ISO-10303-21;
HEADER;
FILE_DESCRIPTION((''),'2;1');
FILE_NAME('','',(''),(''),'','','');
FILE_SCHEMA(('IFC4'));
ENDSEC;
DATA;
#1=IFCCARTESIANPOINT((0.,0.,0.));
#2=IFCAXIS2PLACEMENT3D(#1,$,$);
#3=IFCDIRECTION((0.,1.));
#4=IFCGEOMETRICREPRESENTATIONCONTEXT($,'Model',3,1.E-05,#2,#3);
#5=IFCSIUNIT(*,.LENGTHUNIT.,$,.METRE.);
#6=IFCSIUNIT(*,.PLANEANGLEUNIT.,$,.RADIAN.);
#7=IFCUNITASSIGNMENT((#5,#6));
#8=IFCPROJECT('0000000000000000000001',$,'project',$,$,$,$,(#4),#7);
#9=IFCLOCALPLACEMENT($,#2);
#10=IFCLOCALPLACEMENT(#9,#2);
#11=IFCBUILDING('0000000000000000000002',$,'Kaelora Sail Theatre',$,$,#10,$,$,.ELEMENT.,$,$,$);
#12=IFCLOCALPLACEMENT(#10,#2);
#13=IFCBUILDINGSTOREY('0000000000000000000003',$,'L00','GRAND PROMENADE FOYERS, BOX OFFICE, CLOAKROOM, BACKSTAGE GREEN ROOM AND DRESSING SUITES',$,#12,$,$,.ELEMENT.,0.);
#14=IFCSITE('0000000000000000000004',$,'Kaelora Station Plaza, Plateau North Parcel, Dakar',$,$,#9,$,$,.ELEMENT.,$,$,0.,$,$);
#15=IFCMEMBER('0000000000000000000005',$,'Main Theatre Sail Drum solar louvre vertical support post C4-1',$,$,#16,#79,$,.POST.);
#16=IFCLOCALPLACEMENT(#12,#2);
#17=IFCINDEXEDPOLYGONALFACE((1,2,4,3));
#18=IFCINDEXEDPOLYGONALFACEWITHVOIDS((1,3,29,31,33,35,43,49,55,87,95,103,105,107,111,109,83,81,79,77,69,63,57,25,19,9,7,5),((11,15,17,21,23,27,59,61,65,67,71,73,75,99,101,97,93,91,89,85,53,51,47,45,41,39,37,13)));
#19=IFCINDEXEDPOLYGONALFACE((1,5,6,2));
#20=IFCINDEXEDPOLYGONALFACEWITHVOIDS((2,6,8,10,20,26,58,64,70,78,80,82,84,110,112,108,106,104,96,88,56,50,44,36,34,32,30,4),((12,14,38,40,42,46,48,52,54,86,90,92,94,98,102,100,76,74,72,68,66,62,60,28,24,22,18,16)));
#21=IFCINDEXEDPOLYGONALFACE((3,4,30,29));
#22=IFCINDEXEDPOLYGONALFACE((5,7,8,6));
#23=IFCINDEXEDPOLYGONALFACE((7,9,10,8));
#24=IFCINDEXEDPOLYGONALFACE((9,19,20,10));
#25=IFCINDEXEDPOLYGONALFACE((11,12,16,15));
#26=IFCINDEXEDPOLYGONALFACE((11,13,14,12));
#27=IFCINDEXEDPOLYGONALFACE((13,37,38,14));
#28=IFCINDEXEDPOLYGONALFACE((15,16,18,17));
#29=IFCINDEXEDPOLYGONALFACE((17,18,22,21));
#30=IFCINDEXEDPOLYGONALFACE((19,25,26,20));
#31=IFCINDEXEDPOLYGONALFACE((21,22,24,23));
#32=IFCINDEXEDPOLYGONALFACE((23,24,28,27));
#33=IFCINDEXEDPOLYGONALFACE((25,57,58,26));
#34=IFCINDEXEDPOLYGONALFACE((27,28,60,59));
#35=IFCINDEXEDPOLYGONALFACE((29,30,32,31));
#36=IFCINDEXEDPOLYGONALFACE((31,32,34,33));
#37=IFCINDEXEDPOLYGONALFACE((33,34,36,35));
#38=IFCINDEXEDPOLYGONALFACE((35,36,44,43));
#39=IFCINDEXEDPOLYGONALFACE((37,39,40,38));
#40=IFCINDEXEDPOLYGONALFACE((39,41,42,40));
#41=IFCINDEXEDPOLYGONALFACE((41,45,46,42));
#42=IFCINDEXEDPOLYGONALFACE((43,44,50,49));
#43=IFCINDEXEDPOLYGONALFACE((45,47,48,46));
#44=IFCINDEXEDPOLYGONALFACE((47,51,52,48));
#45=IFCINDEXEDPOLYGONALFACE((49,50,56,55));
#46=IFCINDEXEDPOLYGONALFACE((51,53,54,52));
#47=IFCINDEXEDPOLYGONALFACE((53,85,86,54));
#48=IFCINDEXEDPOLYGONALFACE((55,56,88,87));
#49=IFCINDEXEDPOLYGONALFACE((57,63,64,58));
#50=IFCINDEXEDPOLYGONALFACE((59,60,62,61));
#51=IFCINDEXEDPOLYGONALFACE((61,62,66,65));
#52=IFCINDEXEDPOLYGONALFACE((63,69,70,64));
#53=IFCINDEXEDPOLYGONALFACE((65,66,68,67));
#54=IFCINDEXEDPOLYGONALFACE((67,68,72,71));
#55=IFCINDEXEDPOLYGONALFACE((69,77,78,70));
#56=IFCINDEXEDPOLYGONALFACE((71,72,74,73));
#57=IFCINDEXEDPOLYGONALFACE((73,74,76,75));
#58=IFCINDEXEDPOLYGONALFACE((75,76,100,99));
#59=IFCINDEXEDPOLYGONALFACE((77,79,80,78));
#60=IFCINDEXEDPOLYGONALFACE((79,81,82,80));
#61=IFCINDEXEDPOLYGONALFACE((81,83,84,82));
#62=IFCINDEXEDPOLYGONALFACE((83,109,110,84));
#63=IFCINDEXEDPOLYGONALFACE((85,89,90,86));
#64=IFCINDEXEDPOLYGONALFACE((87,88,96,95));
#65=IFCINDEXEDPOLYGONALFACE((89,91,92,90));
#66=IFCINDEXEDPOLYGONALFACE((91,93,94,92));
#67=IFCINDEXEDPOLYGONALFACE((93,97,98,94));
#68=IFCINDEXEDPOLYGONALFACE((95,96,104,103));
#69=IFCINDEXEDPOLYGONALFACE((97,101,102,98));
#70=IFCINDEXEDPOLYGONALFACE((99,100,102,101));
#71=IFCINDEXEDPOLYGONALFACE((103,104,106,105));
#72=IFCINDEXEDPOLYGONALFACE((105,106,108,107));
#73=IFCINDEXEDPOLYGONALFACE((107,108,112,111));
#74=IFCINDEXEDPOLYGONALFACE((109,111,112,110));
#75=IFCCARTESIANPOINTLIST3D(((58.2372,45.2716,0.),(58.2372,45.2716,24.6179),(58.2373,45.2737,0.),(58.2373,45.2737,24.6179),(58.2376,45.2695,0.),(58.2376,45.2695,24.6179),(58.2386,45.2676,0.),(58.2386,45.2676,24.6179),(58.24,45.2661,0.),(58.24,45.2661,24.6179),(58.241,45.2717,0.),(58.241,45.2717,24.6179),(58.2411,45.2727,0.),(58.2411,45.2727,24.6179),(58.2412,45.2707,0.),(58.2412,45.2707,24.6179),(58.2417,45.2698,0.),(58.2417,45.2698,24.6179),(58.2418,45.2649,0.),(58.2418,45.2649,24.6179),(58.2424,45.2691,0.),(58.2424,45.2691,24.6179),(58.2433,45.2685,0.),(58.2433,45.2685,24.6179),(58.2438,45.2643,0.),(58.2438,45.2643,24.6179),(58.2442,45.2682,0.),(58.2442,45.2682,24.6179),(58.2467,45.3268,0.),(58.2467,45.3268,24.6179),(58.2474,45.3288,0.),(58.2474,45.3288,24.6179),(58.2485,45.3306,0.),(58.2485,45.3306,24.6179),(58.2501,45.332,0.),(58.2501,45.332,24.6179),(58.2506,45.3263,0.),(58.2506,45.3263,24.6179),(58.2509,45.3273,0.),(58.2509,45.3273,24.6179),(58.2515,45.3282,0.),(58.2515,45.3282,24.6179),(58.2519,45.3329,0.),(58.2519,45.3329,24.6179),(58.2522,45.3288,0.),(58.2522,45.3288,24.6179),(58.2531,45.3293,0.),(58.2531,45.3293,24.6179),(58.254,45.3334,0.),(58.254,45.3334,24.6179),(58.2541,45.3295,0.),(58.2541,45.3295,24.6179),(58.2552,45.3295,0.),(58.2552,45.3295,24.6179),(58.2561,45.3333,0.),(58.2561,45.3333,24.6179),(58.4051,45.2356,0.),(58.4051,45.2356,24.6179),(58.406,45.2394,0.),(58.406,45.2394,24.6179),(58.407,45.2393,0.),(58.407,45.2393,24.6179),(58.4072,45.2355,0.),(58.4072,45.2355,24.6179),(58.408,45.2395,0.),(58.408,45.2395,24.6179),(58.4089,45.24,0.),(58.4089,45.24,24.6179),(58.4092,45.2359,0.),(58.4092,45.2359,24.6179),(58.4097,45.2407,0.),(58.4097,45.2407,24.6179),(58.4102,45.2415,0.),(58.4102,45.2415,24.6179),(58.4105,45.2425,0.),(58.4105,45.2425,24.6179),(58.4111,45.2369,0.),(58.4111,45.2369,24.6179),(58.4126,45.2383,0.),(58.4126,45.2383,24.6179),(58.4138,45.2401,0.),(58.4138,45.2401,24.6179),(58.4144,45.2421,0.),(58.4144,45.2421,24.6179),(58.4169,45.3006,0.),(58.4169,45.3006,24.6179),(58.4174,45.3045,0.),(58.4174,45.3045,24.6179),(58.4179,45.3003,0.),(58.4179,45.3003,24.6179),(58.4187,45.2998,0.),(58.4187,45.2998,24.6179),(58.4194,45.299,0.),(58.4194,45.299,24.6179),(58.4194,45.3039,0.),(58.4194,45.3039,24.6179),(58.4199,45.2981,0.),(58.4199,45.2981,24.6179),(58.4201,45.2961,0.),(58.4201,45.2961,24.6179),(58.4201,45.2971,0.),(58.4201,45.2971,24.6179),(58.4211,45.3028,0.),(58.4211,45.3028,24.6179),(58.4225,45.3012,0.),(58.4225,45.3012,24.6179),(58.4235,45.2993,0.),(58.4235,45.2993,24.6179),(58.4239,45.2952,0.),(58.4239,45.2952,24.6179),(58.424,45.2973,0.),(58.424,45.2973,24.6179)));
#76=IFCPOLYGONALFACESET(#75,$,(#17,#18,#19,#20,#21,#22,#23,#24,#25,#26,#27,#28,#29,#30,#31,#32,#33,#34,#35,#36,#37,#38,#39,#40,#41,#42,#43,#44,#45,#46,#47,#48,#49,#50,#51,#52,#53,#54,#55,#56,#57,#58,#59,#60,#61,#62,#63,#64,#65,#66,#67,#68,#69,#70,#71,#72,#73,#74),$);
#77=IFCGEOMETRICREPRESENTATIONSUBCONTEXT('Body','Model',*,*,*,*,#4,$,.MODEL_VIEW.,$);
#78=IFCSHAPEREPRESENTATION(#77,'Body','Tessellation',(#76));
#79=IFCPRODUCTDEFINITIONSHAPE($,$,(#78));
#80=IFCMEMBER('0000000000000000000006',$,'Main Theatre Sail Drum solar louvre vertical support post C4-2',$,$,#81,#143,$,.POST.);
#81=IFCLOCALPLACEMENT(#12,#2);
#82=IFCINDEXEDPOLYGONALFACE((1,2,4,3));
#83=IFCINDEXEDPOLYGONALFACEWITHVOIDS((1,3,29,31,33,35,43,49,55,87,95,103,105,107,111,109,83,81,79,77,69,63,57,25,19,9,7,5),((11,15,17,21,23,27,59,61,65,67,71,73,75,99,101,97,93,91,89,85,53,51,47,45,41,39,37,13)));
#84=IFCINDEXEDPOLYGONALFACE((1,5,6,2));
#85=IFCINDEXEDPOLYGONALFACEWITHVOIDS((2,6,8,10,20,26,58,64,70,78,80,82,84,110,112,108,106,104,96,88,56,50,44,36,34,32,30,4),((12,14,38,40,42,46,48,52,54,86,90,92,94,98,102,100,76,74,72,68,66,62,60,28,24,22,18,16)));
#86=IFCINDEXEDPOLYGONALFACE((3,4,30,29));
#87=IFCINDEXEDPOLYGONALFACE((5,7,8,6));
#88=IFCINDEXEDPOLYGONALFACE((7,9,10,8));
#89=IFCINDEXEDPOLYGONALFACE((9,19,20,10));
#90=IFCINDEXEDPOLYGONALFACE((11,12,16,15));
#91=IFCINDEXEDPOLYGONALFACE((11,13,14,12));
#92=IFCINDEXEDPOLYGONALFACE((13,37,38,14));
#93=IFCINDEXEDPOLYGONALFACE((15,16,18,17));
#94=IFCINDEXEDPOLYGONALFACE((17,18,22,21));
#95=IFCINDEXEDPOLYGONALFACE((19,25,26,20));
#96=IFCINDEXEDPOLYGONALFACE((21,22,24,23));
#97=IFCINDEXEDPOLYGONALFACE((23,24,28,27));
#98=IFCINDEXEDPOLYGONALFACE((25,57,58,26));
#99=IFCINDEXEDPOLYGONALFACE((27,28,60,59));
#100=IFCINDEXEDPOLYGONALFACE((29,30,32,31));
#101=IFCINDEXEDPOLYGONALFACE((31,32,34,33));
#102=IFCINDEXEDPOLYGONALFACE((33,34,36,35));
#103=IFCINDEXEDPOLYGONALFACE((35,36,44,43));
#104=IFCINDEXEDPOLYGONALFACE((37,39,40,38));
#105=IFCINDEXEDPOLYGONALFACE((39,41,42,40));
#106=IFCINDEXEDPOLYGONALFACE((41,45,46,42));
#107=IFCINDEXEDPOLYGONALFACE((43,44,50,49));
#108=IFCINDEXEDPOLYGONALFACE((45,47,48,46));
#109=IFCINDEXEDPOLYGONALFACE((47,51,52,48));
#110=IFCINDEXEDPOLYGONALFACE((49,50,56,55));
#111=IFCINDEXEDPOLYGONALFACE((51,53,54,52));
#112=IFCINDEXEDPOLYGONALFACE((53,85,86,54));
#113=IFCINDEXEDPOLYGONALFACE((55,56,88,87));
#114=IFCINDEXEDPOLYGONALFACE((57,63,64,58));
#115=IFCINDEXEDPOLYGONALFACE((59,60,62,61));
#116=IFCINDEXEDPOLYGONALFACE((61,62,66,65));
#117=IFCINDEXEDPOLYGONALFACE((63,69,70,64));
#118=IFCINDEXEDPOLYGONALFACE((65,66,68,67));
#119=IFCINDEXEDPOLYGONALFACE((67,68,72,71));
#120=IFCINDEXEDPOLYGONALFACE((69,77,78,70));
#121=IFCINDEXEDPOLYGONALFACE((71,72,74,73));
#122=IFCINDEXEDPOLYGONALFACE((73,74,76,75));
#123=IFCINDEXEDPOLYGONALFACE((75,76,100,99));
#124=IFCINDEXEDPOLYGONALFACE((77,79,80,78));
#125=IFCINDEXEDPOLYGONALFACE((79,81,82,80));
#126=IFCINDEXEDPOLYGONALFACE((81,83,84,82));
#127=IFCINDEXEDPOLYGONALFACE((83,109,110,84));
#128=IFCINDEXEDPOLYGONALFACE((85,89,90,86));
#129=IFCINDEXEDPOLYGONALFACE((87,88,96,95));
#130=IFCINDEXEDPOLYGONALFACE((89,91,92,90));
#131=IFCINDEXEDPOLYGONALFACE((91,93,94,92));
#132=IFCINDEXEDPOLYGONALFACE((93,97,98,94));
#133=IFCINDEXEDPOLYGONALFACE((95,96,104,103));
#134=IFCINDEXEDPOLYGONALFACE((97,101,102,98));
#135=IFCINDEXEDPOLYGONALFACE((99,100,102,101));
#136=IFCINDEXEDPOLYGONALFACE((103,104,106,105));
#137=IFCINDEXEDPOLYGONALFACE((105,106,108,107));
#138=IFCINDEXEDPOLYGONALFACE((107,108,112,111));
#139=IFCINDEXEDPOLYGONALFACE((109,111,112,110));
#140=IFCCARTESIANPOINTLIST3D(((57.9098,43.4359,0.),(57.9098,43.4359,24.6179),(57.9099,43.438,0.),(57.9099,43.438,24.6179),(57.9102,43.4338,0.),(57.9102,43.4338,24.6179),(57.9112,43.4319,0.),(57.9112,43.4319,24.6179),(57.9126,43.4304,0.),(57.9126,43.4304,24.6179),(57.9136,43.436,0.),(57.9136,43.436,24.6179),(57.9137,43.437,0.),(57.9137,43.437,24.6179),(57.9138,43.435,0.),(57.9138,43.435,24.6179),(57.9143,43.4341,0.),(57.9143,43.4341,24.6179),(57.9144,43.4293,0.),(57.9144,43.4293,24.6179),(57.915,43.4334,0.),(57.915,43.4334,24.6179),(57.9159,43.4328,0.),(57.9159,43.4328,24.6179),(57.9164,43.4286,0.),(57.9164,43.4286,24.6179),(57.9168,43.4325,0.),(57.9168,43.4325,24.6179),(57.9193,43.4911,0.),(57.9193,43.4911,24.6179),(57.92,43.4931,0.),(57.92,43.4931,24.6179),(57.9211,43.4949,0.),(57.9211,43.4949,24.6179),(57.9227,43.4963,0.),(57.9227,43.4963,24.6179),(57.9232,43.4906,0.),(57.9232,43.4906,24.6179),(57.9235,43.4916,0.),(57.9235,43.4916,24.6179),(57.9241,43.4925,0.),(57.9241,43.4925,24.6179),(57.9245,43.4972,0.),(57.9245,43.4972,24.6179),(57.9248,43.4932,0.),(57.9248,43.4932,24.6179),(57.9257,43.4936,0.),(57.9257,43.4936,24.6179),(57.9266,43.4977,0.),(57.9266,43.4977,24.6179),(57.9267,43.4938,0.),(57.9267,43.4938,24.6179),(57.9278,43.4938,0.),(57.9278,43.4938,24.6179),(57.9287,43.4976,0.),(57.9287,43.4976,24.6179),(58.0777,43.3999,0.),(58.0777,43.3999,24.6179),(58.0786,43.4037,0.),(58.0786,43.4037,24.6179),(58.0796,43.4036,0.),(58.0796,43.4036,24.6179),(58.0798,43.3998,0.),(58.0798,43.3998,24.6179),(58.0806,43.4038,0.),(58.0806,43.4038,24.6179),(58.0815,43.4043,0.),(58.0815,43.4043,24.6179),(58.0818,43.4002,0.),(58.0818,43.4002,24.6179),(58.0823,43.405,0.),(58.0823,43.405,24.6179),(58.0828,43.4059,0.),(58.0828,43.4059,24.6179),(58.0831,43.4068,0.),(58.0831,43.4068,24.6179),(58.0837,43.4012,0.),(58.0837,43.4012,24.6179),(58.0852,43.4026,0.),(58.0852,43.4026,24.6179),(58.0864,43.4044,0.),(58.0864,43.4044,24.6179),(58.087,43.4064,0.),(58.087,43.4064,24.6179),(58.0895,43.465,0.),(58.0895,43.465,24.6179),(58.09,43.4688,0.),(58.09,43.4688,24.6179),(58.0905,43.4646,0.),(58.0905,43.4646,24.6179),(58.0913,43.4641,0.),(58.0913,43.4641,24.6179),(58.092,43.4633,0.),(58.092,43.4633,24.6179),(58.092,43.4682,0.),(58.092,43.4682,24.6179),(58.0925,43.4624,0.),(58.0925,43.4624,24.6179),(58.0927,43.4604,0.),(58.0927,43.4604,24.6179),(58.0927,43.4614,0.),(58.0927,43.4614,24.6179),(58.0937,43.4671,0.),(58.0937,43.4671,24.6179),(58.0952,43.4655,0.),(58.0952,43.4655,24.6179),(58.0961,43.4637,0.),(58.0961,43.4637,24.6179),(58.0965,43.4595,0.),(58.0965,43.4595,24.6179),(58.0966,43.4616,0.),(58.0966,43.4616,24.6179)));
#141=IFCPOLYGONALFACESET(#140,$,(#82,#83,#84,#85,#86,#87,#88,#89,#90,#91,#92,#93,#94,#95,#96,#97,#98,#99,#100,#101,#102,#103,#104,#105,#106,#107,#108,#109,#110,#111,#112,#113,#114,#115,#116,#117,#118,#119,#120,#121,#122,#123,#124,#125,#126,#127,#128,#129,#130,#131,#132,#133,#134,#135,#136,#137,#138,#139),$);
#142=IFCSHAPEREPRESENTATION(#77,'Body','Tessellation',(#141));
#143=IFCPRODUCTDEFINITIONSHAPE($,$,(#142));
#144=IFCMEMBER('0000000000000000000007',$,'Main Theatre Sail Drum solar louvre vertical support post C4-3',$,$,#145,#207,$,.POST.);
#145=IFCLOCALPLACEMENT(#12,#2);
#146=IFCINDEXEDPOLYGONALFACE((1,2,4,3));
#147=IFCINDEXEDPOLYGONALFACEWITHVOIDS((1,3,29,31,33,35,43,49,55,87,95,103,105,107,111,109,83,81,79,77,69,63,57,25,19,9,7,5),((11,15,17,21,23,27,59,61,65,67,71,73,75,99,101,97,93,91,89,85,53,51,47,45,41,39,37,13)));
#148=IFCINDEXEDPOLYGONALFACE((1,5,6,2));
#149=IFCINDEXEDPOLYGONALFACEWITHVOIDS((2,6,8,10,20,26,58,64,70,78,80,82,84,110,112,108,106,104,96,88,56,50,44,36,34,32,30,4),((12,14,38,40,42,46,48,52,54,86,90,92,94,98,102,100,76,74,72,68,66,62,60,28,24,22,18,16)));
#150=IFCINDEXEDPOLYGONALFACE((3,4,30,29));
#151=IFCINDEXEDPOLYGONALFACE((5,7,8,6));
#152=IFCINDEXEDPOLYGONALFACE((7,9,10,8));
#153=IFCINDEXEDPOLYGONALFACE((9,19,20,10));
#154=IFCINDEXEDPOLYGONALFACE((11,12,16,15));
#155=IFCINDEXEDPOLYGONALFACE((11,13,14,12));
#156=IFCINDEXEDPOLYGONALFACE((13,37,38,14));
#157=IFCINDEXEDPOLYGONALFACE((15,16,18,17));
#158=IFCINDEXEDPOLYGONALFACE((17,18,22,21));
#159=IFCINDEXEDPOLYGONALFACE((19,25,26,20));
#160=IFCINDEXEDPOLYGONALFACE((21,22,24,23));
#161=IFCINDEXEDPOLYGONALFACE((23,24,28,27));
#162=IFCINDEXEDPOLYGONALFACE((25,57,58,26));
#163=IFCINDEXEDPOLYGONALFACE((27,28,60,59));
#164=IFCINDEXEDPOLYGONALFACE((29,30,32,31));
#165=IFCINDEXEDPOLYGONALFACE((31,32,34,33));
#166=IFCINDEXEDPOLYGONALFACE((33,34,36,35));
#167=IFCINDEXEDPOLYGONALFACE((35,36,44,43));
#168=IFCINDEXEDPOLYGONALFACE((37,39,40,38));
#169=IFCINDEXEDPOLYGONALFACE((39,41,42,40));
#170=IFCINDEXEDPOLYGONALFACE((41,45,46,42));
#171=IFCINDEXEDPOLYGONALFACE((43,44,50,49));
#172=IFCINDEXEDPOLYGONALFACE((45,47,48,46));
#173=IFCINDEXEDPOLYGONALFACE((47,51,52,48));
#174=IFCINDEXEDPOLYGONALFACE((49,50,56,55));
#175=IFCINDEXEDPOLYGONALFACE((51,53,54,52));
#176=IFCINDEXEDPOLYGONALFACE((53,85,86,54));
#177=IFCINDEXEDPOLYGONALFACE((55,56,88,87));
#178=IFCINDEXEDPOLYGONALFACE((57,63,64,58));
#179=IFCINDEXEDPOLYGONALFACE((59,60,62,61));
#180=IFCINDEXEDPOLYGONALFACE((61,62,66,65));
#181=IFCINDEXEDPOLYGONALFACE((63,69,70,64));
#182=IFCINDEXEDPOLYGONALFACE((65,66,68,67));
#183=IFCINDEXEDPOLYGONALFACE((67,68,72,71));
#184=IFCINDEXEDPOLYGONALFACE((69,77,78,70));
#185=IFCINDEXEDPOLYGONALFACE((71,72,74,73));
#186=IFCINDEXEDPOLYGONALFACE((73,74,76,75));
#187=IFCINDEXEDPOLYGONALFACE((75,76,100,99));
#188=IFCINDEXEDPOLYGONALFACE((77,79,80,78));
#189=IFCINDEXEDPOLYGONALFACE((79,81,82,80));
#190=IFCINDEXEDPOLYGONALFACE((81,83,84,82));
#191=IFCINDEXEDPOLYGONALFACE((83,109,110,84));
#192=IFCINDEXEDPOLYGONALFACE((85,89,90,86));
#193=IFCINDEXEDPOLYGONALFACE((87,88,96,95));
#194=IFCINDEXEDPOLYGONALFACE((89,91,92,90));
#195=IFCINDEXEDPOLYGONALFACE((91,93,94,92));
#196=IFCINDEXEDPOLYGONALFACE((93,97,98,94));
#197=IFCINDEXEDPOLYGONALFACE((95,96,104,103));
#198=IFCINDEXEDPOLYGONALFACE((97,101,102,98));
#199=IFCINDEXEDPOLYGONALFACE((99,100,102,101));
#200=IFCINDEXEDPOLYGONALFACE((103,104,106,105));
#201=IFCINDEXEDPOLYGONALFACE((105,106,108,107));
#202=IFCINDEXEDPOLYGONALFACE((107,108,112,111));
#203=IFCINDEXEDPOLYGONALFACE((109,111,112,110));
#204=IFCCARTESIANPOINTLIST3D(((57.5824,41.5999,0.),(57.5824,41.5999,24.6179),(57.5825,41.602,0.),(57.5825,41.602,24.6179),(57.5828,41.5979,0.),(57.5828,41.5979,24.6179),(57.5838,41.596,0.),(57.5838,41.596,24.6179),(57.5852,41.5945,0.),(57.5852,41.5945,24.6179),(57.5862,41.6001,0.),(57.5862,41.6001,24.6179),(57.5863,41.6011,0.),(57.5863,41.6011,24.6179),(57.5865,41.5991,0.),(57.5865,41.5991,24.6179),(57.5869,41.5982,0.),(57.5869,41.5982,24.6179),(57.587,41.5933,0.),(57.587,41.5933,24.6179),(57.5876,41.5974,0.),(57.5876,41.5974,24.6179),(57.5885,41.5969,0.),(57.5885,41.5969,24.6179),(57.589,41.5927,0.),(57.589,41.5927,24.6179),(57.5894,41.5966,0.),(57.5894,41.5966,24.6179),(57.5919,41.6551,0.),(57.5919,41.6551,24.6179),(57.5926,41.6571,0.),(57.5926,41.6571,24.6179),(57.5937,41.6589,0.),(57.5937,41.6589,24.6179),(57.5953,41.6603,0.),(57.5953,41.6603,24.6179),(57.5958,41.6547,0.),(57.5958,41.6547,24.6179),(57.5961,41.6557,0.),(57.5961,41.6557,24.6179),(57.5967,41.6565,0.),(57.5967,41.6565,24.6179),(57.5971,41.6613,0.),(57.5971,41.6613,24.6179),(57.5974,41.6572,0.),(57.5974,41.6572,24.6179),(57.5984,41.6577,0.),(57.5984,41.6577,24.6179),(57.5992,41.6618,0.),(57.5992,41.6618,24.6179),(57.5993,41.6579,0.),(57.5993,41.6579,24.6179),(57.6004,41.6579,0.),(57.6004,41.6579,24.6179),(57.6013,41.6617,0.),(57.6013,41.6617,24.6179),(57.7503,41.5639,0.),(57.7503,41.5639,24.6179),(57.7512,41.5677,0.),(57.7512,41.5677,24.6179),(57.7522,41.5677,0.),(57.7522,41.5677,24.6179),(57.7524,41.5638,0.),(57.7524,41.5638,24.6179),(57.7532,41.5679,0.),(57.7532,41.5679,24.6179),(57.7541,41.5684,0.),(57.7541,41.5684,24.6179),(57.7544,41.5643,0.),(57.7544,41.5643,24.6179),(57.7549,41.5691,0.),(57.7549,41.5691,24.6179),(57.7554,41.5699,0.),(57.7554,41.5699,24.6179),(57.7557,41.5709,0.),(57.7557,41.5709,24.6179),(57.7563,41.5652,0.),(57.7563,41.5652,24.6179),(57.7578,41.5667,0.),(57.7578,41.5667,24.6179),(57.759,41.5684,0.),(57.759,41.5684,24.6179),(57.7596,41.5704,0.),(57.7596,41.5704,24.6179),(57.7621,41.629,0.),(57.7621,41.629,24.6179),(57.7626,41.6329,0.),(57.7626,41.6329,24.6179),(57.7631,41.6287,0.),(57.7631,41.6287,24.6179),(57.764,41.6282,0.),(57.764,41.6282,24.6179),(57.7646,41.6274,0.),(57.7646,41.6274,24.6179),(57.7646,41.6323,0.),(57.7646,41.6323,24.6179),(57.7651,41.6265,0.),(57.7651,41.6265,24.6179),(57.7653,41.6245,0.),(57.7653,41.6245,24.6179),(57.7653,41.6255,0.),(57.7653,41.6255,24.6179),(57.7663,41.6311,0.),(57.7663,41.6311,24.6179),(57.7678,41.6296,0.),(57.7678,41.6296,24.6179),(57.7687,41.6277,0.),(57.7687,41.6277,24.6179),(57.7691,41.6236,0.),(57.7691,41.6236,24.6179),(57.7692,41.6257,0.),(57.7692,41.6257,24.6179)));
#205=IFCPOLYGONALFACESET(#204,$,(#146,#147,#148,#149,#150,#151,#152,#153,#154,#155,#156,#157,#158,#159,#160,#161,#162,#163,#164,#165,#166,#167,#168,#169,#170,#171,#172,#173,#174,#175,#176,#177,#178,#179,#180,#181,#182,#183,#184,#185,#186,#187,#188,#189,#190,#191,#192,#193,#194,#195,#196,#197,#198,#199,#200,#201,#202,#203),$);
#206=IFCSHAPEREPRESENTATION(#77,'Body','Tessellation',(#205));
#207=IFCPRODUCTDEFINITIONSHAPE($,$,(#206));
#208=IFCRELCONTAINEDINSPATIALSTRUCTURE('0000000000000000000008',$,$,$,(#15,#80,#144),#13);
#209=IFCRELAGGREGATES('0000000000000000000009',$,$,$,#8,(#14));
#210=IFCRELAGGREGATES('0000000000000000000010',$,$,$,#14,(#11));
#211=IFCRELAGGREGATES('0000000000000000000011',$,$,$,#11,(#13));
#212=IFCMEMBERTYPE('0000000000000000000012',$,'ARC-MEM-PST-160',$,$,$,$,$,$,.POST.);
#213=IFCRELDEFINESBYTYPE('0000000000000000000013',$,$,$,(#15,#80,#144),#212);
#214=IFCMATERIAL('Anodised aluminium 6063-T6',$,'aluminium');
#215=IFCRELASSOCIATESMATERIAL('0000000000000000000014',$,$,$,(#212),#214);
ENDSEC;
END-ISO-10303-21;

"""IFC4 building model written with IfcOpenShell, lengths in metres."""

from ifc_helpers import new_model, si_unit, direction, frame, origin, origin_2d, place, context, subcontext, project, spatial, hollow_rectangle, extrude, material, material_profile, profile_set, type_object, element, save


model = new_model("IFC4")

# Units and contexts
model_context = context("Model", 3, precision=1e-05, world=origin(), true_north=direction((0.0, 1.0)))
body_context = subcontext(model_context, "Body", "Model", "MODEL_VIEW")
ifc_project = project(units=[si_unit("LENGTHUNIT", "METRE"), si_unit("PLANEANGLEUNIT", "RADIAN")], contexts=[model_context])

# Site, building, storey
site_placement = place(None, origin())
site = spatial("IfcSite", under=ifc_project, at=site_placement, Name="Kaelora Station Plaza, Plateau North Parcel, Dakar", CompositionType="ELEMENT", RefElevation=0.0)
building_placement = place(site_placement, origin())
building = spatial("IfcBuilding", under=site, at=building_placement, Name="Kaelora Sail Theatre", CompositionType="ELEMENT")
storey_placement = place(building_placement, origin())
storey = spatial("IfcBuildingStorey", under=building, at=storey_placement, Name="L00", Description="GRAND PROMENADE FOYERS, BOX OFFICE, CLOAKROOM, BACKSTAGE GREEN ROOM AND DRESSING SUITES", CompositionType="ELEMENT", Elevation=0.0)

# Members
ifc_material_1 = material(Name="Anodised aluminium 6063-T6", Category="aluminium")
ifc_material_profile_1 = material_profile(ifc_material_1, hollow_rectangle(XDim=0.0701, YDim=0.1799, WallThickness=0.0039, InnerFilletRadius=0.0039, OuterFilletRadius=0.0081, at=origin_2d()), Name="ALU-MULL 70x180x4")
ifc_profile_set_1 = profile_set([ifc_material_profile_1], Name="Anodised aluminium 6063-T6")
member_type_1 = type_object("IfcMemberType", Name="ARC-MEM-PST-160", PredefinedType="POST", material=ifc_profile_set_1)
for number, where, z_axis, x_axis, name in (
    (1, (58.3306, 45.2844, 0.0), (0.0, 0.0, 1.0), (-0.175539, -0.984473, 0.0), "Main Theatre Sail Drum solar louvre vertical support post C4-1"),
    (2, (58.0032, 43.4487, 0.0), (0.0, 0.0, 1.0), (-0.175539, -0.984473, 0.0), "Main Theatre Sail Drum solar louvre vertical support post C4-2"),
    (3, (57.6758, 41.6128, 0.0), (0.0, 0.0, 1.0), (-0.175539, -0.984473, 0.0), "Main Theatre Sail Drum solar louvre vertical support post C4-3"),
):
    element("IfcMember", number, at=place(storey_placement, frame(where, z_axis=z_axis, x_axis=x_axis)), inside=storey, type_object=member_type_1, Name=name, PredefinedType="POST", context=body_context, shape_type="SweptSolid", body=[
        extrude(hollow_rectangle(XDim=0.0701, YDim=0.1799, WallThickness=0.0039, InnerFilletRadius=0.0039, OuterFilletRadius=0.0081, at=origin_2d()), origin(), (0.0, 0.0, 1.0), 24.6179),
    ])

save(model, "model.ifc")
